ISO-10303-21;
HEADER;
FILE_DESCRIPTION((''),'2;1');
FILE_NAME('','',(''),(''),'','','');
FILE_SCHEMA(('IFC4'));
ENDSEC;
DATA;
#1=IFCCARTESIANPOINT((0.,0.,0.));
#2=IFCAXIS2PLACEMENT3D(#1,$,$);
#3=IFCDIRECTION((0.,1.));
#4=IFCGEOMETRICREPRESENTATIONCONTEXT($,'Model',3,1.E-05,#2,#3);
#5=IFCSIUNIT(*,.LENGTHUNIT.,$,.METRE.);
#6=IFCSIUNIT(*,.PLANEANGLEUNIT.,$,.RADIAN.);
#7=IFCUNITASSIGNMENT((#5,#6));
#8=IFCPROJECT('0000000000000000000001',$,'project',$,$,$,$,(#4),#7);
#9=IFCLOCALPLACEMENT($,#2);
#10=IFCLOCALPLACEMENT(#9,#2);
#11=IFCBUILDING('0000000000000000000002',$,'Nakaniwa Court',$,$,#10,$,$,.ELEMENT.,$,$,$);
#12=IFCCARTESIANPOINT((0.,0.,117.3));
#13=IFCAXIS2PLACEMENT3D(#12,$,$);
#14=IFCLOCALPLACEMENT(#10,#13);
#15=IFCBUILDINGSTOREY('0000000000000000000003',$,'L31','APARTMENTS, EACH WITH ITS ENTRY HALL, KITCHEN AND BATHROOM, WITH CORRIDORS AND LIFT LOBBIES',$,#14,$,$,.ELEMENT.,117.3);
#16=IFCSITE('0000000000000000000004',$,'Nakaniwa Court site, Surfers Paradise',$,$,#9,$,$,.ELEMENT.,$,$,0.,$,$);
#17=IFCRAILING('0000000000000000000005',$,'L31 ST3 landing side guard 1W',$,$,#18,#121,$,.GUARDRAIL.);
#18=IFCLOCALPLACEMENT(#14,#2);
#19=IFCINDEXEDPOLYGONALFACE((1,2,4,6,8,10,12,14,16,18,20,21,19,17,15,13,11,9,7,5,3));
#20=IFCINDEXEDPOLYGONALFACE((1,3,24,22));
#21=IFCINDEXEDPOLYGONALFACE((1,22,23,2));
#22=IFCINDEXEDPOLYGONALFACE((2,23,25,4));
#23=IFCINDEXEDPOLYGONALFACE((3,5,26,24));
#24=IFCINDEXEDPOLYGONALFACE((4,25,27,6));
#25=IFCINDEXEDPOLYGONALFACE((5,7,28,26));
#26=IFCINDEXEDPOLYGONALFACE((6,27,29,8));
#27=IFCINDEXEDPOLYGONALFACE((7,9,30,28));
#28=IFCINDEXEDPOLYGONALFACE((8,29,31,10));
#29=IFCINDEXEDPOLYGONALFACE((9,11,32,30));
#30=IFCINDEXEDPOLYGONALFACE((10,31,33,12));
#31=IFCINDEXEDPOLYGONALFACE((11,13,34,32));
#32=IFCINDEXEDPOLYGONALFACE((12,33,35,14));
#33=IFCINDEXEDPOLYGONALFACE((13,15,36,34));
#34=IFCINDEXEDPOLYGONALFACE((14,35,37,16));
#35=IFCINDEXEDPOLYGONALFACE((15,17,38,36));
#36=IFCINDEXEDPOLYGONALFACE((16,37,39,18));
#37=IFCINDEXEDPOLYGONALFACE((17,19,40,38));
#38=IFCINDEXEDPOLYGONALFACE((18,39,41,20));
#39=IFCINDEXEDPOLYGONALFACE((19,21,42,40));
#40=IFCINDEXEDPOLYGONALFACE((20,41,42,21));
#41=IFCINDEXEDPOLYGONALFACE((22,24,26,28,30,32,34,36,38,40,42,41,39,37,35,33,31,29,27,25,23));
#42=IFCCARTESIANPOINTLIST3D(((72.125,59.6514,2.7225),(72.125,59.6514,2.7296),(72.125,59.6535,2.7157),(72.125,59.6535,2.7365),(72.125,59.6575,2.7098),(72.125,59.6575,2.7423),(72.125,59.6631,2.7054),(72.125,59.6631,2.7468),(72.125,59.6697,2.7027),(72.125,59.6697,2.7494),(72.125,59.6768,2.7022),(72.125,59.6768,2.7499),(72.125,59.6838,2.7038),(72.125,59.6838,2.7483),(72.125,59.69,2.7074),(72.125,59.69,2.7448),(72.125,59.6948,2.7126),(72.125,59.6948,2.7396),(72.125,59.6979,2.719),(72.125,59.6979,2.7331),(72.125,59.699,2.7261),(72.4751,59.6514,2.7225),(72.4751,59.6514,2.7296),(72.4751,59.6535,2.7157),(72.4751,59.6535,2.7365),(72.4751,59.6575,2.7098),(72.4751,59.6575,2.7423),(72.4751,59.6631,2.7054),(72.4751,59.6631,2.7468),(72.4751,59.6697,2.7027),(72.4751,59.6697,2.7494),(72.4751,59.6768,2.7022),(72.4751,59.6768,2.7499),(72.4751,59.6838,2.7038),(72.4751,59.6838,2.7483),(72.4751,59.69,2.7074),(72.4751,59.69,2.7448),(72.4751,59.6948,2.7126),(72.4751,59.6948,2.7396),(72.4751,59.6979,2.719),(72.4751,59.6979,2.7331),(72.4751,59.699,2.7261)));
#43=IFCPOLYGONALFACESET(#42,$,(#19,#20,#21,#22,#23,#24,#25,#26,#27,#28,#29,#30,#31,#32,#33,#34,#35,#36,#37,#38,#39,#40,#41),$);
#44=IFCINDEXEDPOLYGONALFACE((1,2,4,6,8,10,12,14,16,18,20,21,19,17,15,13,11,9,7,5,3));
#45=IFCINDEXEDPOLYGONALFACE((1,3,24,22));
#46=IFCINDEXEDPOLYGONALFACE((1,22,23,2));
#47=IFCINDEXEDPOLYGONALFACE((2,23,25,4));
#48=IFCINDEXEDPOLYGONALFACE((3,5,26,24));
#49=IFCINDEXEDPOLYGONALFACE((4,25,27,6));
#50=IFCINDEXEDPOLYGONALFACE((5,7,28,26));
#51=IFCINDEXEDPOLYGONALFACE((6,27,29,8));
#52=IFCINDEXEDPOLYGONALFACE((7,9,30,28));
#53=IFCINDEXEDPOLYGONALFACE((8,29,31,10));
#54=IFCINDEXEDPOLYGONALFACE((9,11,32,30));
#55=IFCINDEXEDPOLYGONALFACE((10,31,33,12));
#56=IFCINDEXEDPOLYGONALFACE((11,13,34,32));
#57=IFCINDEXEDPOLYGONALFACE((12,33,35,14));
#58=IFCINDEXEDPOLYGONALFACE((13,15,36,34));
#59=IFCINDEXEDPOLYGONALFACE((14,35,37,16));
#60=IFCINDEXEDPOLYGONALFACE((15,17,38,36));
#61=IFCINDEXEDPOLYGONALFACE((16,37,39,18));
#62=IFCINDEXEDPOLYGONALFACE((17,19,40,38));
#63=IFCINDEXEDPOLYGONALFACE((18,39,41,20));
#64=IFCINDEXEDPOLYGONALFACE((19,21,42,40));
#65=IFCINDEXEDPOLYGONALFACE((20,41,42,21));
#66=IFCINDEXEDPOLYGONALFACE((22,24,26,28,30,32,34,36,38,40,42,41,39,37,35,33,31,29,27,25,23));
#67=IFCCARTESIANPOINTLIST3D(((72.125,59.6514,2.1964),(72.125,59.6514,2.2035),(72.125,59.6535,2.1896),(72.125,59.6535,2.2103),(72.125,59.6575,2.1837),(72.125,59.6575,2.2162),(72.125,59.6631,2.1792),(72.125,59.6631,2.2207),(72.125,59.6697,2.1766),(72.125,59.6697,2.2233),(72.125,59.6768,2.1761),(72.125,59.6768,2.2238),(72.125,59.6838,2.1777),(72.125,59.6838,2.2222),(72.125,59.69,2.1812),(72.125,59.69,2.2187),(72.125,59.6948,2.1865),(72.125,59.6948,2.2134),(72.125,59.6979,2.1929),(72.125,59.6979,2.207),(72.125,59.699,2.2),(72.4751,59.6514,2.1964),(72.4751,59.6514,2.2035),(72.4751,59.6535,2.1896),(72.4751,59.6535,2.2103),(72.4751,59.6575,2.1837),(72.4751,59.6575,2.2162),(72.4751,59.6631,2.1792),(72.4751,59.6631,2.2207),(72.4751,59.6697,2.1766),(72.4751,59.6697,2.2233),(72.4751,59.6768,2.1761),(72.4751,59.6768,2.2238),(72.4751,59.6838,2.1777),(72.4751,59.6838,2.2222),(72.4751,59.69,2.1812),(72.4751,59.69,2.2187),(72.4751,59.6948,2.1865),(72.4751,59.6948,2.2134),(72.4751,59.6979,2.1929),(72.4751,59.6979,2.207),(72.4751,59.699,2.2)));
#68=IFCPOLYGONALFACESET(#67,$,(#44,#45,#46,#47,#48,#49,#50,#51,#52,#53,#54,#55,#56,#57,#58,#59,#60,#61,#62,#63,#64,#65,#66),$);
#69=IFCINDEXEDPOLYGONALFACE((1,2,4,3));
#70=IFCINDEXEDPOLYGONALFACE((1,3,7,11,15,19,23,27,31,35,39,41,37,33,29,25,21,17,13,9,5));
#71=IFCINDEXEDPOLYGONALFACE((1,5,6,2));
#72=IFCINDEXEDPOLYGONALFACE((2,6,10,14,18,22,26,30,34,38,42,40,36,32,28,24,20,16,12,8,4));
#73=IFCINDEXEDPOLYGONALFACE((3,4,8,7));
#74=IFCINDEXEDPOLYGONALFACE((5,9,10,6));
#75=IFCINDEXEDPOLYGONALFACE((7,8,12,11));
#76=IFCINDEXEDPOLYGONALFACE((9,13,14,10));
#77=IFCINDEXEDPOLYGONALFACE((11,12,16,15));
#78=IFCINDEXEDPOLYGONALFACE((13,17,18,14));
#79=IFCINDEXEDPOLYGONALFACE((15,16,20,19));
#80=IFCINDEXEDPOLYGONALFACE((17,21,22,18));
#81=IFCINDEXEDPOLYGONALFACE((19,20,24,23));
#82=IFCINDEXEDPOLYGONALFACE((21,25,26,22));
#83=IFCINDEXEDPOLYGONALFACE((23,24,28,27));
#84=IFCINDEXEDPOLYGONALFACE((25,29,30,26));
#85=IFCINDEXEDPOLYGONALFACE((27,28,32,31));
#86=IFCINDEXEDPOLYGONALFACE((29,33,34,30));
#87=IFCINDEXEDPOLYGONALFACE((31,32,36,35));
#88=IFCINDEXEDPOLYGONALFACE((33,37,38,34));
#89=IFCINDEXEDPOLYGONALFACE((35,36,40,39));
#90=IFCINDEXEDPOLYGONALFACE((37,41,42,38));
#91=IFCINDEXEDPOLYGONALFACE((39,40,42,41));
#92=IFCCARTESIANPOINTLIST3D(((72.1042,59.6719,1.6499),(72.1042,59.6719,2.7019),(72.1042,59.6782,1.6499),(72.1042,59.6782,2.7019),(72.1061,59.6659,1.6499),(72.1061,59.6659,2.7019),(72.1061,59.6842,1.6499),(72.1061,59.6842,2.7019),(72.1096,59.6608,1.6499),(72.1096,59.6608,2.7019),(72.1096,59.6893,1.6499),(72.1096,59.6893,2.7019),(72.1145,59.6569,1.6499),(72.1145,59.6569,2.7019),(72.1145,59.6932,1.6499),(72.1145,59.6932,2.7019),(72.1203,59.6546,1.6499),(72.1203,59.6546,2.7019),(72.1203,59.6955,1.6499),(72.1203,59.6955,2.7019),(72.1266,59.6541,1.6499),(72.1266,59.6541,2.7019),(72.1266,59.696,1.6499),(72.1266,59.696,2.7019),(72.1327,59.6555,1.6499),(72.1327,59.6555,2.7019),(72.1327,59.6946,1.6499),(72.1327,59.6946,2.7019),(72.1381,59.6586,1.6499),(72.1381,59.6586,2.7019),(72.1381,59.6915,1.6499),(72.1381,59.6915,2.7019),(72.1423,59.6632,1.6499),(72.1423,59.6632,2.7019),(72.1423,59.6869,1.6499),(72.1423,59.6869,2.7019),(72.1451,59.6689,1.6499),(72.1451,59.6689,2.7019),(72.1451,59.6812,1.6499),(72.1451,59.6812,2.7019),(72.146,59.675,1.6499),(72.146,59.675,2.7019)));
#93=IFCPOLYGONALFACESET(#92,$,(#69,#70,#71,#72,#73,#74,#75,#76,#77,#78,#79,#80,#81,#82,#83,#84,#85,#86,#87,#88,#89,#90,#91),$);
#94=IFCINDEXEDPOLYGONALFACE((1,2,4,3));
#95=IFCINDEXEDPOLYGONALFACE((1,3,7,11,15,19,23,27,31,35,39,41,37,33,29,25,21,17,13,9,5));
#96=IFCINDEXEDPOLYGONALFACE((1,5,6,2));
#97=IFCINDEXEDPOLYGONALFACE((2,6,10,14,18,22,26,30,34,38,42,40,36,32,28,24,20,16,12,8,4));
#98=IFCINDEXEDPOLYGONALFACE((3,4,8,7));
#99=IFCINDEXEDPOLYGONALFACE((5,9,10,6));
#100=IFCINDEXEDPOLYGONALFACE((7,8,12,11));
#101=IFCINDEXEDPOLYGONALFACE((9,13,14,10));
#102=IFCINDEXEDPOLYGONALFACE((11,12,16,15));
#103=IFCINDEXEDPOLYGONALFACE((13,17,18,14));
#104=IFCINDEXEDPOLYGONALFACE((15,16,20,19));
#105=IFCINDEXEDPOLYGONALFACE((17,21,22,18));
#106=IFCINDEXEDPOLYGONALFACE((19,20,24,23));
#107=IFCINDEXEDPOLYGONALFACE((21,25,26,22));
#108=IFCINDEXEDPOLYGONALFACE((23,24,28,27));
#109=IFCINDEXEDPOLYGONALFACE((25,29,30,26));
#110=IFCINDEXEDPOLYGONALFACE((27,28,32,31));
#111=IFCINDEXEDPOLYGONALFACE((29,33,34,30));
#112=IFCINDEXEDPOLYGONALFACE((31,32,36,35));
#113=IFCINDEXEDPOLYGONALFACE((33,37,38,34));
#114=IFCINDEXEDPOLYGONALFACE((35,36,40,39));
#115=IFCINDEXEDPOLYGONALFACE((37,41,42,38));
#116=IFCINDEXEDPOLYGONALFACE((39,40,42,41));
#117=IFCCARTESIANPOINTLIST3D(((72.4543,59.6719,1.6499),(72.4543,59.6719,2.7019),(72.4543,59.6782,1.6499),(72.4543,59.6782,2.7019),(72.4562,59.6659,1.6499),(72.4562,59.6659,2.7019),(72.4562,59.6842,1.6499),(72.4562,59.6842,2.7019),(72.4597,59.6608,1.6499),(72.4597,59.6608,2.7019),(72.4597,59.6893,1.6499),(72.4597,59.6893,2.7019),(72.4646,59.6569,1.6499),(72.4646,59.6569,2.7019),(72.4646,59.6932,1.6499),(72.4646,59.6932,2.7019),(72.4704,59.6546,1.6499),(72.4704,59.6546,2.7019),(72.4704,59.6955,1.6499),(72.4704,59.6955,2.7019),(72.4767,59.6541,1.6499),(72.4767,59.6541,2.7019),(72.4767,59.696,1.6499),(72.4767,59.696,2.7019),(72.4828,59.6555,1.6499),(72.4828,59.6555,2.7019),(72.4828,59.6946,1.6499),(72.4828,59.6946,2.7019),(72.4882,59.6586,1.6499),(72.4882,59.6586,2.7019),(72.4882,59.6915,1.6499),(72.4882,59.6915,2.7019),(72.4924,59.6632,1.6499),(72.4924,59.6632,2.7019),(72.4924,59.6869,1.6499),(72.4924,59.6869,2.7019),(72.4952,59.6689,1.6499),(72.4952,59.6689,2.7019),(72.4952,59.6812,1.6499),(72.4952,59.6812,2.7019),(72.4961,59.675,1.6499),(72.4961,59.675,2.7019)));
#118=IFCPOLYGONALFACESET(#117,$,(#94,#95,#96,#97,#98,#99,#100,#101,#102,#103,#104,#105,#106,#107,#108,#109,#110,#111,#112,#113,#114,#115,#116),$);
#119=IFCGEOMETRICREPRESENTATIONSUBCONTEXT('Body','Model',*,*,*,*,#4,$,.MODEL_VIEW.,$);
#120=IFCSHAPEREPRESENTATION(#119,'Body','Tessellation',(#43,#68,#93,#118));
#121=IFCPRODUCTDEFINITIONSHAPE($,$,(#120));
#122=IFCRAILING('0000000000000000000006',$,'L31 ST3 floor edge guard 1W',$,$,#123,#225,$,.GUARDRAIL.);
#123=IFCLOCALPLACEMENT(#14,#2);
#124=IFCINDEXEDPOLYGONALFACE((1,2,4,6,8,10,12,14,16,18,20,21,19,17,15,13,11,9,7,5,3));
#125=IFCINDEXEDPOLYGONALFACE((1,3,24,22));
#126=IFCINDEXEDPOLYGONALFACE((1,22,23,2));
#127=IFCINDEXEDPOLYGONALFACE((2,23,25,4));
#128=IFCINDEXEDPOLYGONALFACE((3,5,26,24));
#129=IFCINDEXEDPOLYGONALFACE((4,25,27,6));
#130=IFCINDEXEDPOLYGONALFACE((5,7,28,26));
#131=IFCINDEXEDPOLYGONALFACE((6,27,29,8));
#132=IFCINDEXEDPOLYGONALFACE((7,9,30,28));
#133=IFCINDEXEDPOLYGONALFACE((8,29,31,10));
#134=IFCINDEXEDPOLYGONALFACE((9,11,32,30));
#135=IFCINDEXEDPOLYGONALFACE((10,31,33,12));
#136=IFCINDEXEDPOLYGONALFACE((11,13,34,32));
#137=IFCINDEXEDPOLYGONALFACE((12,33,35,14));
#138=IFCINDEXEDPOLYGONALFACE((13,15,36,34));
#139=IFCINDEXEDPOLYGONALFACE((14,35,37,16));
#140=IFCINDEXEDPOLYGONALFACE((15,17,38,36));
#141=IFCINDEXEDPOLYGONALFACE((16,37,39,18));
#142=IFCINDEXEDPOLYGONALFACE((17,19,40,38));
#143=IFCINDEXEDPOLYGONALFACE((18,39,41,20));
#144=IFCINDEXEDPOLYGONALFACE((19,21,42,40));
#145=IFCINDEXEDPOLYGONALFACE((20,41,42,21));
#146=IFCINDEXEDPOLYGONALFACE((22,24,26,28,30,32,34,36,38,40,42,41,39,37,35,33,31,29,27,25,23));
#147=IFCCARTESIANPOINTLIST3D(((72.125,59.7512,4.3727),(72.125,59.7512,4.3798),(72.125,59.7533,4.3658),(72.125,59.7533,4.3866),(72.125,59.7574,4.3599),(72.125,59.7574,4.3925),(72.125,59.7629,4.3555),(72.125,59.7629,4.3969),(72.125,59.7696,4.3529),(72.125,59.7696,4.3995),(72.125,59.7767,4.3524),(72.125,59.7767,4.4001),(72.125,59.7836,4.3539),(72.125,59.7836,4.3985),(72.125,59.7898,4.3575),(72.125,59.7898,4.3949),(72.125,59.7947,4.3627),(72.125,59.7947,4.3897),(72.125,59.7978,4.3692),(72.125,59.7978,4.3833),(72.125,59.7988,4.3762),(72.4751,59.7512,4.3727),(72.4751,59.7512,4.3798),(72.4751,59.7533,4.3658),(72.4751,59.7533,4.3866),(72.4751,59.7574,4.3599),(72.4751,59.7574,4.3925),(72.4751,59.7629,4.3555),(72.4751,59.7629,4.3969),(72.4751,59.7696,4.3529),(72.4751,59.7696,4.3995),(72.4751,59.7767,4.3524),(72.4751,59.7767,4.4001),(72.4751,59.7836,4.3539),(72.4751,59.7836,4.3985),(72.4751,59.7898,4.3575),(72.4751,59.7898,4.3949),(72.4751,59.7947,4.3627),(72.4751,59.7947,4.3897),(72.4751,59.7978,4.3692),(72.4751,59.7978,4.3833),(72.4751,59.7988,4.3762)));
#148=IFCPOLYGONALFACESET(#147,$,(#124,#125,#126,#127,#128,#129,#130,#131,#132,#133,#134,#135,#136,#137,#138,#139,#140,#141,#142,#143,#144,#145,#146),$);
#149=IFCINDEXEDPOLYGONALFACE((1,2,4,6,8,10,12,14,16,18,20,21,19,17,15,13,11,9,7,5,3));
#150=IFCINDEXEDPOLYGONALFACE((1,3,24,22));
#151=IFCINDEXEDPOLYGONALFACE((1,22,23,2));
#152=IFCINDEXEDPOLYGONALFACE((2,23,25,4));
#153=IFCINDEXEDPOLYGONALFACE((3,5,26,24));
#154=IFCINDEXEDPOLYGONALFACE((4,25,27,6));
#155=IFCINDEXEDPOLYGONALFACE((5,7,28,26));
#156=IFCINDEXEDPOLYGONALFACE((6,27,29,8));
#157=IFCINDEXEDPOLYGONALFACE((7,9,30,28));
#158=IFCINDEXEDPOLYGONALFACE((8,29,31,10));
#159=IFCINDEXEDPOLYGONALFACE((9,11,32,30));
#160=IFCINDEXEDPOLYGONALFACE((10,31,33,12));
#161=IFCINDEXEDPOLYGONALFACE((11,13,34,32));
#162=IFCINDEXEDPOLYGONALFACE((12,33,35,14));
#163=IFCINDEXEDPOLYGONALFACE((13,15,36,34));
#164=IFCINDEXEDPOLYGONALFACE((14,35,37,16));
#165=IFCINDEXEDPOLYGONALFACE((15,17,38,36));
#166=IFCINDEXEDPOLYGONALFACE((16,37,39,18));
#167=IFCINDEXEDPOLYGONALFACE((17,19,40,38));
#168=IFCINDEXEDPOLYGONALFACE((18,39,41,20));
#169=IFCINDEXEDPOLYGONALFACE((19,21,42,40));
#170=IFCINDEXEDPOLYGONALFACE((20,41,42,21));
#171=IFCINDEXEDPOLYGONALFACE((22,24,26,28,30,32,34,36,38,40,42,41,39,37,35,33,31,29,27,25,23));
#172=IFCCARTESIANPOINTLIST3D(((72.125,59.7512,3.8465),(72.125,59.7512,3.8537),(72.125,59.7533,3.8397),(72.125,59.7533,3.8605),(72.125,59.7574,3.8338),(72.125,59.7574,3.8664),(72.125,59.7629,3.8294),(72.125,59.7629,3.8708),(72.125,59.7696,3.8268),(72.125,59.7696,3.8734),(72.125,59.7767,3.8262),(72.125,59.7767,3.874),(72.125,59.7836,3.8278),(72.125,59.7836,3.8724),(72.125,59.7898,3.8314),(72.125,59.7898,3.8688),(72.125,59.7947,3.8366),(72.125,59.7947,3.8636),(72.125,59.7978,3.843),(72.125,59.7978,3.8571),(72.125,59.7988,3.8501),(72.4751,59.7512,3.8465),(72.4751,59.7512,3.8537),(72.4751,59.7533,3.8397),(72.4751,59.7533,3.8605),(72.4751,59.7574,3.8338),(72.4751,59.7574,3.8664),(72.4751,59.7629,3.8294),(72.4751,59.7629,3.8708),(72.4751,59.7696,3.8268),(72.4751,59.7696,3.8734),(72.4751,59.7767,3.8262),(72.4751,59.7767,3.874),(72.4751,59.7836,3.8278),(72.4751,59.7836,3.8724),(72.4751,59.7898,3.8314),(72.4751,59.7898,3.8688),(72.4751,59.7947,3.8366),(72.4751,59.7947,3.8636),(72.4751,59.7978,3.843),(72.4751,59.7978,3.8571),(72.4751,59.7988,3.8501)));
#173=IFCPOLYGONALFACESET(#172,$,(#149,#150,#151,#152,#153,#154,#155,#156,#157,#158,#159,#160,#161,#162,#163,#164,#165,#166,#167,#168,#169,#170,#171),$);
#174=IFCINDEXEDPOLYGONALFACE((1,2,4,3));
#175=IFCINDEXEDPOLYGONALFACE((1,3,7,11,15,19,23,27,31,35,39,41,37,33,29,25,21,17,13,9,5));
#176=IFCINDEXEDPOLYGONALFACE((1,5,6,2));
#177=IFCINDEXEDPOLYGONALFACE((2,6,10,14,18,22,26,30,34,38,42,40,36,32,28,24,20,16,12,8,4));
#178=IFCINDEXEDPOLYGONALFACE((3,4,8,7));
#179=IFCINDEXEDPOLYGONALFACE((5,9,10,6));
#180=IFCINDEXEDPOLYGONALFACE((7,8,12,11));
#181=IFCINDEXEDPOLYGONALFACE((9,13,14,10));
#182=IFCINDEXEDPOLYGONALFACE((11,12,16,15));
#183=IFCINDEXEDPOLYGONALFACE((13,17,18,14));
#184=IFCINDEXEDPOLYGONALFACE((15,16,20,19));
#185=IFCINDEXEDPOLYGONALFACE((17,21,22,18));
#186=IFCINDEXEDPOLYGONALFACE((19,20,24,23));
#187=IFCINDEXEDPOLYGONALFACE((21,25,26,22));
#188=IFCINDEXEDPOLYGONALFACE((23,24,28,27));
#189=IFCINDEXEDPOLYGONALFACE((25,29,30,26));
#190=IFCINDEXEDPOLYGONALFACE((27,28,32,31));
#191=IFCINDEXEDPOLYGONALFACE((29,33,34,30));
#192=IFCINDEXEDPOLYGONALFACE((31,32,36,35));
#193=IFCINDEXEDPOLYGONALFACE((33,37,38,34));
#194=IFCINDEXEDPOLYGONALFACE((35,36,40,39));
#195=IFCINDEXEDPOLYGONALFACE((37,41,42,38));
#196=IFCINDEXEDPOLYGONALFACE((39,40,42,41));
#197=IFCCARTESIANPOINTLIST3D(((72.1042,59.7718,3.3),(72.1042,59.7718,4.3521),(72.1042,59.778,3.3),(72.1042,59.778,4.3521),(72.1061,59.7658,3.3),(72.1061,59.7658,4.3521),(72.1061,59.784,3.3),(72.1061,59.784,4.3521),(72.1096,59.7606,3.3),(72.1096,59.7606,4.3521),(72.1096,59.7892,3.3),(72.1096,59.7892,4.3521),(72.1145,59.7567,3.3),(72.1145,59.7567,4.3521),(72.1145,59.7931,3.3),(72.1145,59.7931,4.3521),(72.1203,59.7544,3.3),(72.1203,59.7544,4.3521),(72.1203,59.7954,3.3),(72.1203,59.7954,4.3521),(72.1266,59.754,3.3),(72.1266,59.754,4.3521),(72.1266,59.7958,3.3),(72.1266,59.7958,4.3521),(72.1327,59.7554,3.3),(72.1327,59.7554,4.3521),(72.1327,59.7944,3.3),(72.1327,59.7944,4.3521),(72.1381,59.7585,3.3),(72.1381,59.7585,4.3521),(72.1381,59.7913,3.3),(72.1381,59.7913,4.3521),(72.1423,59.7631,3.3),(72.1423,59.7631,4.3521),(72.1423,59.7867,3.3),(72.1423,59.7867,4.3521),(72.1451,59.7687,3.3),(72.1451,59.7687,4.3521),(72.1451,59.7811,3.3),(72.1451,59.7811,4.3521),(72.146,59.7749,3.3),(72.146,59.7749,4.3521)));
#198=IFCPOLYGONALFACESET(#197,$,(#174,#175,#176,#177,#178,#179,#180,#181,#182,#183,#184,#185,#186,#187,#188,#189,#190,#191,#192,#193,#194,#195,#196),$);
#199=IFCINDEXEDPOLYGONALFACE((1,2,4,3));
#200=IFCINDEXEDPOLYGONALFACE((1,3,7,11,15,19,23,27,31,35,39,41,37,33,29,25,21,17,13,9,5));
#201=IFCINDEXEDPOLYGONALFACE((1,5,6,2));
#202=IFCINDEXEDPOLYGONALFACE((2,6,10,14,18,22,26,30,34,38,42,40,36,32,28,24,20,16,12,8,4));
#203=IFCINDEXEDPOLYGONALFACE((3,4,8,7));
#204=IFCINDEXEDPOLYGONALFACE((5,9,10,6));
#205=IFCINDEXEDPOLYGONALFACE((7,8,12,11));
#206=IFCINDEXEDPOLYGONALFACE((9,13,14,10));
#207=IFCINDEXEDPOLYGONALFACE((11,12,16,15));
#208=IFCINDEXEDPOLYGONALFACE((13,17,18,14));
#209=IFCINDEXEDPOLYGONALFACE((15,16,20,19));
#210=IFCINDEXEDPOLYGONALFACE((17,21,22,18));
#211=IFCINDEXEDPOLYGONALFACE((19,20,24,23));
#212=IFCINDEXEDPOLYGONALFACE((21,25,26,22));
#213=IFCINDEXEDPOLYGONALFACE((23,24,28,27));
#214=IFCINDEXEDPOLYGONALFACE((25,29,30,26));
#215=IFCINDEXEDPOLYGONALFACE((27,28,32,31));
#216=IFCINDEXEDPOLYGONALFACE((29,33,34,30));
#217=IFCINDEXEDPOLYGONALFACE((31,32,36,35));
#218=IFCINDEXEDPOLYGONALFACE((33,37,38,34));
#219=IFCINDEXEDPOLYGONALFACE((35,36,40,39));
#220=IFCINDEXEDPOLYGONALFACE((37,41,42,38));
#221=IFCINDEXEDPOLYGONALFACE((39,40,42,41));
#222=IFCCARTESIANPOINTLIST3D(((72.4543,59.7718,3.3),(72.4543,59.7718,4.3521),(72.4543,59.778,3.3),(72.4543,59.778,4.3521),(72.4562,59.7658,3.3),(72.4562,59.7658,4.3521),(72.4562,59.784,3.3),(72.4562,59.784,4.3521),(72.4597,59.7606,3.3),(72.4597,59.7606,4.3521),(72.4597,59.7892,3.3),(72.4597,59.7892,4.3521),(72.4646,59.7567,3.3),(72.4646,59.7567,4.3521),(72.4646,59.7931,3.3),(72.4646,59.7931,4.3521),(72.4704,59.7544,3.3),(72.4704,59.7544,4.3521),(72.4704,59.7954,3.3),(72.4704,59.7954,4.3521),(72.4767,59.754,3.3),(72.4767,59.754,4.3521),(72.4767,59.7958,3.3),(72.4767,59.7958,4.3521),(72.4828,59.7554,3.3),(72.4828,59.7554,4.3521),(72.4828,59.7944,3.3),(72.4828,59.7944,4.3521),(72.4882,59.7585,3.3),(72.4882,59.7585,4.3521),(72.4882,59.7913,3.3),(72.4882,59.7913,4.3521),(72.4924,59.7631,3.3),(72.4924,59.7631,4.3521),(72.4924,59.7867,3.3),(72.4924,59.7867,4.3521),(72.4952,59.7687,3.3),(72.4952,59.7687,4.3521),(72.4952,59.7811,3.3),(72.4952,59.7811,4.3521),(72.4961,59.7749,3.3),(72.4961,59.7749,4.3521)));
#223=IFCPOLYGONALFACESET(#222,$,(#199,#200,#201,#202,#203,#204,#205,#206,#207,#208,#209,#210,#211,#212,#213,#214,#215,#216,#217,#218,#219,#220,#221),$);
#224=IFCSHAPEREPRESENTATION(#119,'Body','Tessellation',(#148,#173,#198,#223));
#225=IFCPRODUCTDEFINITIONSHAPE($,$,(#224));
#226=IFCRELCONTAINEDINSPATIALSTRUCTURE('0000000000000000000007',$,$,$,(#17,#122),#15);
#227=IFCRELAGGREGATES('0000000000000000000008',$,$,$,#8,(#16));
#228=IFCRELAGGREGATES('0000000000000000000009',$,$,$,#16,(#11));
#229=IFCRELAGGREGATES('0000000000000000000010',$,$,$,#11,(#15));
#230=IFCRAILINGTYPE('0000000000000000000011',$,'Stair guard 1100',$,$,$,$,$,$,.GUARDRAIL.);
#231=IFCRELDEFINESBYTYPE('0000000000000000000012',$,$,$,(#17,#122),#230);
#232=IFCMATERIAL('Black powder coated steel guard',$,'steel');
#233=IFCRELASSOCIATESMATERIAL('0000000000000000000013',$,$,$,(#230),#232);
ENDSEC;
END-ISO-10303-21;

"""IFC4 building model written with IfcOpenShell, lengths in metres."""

from ifc_helpers import new_model, si_unit, direction, frame, origin, origin_2d, place, context, subcontext, project, spatial, circle, extrude, material, type_object, element, save


model = new_model("IFC4")

# Units and contexts
model_context = context("Model", 3, precision=1e-05, world=origin(), true_north=direction((0.0, 1.0)))
body_context = subcontext(model_context, "Body", "Model", "MODEL_VIEW")
ifc_project = project(units=[si_unit("LENGTHUNIT", "METRE"), si_unit("PLANEANGLEUNIT", "RADIAN")], contexts=[model_context])

# Site, building, storey
site_placement = place(None, origin())
site = spatial("IfcSite", under=ifc_project, at=site_placement, Name="Nakaniwa Court site, Surfers Paradise", CompositionType="ELEMENT", RefElevation=0.0)
building_placement = place(site_placement, origin())
building = spatial("IfcBuilding", under=site, at=building_placement, Name="Nakaniwa Court", CompositionType="ELEMENT")
storey_placement = place(building_placement, frame((0.0, 0.0, 117.3)))
storey = spatial("IfcBuildingStorey", under=building, at=storey_placement, Name="L31", Description="APARTMENTS, EACH WITH ITS ENTRY HALL, KITCHEN AND BATHROOM, WITH CORRIDORS AND LIFT LOBBIES", CompositionType="ELEMENT", Elevation=117.3)

# Railings
ifc_material_1 = material(Name="Black powder coated steel guard", Category="steel")
railing_type_1 = type_object("IfcRailingType", Name="Stair guard 1100", PredefinedType="GUARDRAIL", material=ifc_material_1)
for number, where, name in (
    (1, (72.125, 59.675, 1.6499), "L31 ST3 landing side guard 1W"),
    (2, (72.125, 59.7749, 3.3), "L31 ST3 floor edge guard 1W"),
):
    element("IfcRailing", number, at=place(storey_placement, frame(where)), inside=storey, type_object=railing_type_1, Name=name, PredefinedType="GUARDRAIL", context=body_context, shape_type="SweptSolid", body=[
        extrude(circle(Radius=0.0239, at=origin_2d()), frame((0.0, 0.0, 1.0762), z_axis=(1.0, 0.0, 0.0), x_axis=(0.0, 1.0, 0.0)), (0.0, 0.0, 1.0), 0.3501),
        extrude(circle(Radius=0.0239, at=origin_2d()), frame((0.0, 0.0, 0.55), z_axis=(1.0, 0.0, 0.0), x_axis=(0.0, 1.0, 0.0)), (0.0, 0.0, 1.0), 0.3501),
        extrude(circle(Radius=0.021, at=origin_2d()), origin(), (0.0, 0.0, 1.0), 1.052),
        extrude(circle(Radius=0.021, at=origin_2d()), frame((0.3501, 0.0, 0.0)), (0.0, 0.0, 1.0), 1.052),
    ])

save(model, "model.ifc")
